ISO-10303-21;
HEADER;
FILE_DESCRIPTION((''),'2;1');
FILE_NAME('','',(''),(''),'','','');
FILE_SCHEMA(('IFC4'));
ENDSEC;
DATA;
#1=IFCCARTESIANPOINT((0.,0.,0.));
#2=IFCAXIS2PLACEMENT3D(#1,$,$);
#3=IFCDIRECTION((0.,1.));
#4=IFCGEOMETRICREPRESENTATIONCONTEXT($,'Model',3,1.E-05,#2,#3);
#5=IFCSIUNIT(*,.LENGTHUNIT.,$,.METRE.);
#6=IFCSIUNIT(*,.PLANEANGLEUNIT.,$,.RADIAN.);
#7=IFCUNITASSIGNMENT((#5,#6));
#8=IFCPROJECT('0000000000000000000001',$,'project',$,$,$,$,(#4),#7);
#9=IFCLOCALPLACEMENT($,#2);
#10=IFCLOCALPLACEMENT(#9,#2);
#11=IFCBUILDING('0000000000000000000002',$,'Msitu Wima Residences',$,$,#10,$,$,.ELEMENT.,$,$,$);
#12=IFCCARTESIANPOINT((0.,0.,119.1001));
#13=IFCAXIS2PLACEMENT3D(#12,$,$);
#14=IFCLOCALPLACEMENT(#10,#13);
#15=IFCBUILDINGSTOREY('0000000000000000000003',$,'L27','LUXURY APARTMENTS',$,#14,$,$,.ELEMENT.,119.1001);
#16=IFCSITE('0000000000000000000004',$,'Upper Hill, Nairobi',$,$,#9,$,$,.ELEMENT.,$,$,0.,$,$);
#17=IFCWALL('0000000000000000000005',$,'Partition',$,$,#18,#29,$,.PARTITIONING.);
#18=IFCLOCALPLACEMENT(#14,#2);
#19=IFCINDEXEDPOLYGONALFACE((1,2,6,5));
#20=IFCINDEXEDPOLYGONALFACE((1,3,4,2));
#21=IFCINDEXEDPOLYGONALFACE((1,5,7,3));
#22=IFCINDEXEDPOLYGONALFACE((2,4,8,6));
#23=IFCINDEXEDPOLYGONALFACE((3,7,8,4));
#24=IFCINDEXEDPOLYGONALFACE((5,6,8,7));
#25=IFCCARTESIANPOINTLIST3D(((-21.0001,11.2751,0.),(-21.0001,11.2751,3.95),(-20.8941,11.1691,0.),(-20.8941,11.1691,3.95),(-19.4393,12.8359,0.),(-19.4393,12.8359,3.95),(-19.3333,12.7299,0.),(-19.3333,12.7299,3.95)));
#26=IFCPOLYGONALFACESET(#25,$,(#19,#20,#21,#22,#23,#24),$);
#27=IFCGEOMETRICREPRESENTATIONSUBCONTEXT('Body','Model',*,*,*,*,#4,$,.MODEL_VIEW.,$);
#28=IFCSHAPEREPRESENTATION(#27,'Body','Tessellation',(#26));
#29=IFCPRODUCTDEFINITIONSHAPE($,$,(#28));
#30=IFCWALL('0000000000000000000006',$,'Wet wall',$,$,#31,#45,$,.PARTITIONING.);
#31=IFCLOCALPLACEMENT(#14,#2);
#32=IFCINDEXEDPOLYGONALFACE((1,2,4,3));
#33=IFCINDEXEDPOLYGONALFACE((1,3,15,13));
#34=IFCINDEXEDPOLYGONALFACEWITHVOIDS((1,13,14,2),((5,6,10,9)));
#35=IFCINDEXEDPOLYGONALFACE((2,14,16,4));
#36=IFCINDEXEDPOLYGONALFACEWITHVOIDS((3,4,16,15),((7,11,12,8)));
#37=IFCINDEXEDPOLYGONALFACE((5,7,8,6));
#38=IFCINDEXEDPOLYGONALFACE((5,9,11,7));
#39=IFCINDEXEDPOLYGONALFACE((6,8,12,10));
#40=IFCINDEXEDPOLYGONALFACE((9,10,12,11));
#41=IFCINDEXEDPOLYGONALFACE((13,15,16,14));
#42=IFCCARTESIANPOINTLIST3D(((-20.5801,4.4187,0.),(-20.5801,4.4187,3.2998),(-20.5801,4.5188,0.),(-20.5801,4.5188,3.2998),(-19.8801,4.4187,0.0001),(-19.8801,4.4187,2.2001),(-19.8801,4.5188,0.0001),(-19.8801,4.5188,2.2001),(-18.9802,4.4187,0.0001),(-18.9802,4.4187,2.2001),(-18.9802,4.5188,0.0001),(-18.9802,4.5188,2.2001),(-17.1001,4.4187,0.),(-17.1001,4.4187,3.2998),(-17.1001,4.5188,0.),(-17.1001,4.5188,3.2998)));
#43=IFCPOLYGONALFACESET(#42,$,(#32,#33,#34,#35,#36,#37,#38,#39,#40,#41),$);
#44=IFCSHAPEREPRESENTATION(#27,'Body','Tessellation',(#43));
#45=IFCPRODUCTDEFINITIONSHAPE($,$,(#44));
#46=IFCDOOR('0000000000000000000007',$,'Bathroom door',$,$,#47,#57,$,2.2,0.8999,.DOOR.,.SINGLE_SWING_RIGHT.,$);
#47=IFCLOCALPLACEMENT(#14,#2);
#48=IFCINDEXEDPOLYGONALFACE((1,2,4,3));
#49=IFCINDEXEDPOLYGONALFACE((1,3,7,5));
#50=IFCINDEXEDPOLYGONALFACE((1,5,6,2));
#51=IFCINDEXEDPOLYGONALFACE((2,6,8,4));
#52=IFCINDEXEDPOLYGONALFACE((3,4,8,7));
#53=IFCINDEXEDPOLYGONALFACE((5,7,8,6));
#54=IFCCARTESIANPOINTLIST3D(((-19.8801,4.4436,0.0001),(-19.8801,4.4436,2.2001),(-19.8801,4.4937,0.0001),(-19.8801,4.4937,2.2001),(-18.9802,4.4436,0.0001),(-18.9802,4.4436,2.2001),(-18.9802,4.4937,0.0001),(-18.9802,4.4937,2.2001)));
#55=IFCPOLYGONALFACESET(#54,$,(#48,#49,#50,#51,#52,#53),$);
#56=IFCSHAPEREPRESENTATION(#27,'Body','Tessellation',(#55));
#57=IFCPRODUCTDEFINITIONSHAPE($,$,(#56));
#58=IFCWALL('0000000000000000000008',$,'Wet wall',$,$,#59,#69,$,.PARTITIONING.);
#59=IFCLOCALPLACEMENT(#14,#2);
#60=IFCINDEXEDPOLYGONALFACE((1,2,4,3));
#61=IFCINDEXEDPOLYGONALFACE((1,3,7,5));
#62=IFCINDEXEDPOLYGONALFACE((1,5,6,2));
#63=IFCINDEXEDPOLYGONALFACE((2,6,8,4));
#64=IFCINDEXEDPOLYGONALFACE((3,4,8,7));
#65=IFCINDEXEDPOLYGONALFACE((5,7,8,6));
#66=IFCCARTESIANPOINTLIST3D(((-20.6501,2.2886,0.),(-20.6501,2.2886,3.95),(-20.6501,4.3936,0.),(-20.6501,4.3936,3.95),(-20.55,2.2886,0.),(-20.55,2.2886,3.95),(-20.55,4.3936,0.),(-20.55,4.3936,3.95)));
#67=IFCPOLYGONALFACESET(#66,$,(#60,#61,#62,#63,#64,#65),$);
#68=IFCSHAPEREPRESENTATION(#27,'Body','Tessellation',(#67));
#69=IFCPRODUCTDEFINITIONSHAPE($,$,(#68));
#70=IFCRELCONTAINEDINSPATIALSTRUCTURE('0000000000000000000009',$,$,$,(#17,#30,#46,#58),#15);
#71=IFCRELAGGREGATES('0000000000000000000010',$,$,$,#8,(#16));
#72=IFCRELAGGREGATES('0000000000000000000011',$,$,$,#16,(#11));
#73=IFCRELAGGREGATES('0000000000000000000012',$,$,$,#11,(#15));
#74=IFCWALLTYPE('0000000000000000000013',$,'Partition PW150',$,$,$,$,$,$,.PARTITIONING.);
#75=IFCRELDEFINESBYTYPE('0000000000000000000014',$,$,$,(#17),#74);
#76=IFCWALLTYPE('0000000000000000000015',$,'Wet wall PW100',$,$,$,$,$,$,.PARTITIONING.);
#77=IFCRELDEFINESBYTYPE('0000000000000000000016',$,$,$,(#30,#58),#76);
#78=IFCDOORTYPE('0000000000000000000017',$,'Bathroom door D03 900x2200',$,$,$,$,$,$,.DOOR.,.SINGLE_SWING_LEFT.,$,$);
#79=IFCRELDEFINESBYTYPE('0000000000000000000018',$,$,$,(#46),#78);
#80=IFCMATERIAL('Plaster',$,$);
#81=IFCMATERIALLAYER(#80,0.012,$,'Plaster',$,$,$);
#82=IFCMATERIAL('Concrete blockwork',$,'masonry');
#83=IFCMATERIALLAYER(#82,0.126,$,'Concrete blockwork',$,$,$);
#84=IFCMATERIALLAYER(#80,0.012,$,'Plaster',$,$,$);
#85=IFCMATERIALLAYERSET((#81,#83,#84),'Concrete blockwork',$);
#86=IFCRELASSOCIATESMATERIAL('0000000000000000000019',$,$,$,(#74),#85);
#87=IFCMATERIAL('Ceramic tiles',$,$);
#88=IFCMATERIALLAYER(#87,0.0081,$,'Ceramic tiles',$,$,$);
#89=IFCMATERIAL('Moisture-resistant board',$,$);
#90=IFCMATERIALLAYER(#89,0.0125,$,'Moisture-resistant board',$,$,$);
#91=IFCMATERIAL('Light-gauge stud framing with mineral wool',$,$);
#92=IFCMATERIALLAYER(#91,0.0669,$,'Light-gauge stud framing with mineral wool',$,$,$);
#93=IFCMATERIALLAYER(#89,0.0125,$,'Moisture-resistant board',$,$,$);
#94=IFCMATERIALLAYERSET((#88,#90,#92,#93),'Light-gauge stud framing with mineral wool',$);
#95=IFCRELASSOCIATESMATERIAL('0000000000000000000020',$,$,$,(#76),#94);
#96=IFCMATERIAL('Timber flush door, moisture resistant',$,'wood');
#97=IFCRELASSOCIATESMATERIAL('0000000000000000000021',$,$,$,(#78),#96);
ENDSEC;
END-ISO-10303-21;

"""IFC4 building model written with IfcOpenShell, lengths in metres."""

from ifc_helpers import new_model, si_unit, direction, frame, frame_2d, origin, place, context, subcontext, project, spatial, rectangle, extrude, material, layer, layer_set, type_object, element, fill, save


model = new_model("IFC4")

# Units and contexts
model_context = context("Model", 3, precision=1e-05, world=origin(), true_north=direction((0.0, 1.0)))
body_context = subcontext(model_context, "Body", "Model", "MODEL_VIEW")
ifc_project = project(units=[si_unit("LENGTHUNIT", "METRE"), si_unit("PLANEANGLEUNIT", "RADIAN")], contexts=[model_context])

# Site, building, storey
site_placement = place(None, origin())
site = spatial("IfcSite", under=ifc_project, at=site_placement, Name="Upper Hill, Nairobi", CompositionType="ELEMENT", RefElevation=0.0)
building_placement = place(site_placement, origin())
building = spatial("IfcBuilding", under=site, at=building_placement, Name="Msitu Wima Residences", CompositionType="ELEMENT")
storey_placement = place(building_placement, frame((0.0, 0.0, 119.1001)))
storey = spatial("IfcBuildingStorey", under=building, at=storey_placement, Name="L27", Description="LUXURY APARTMENTS", CompositionType="ELEMENT", Elevation=119.1001)

# Shared definitions
ifc_material_1 = material(Name="Plaster")
ifc_layer_1 = layer(ifc_material_1, 0.012, Name="Plaster")
ifc_material_2 = material(Name="Concrete blockwork", Category="masonry")
ifc_layer_2 = layer(ifc_material_2, 0.126, Name="Concrete blockwork")
ifc_layer_3 = layer(ifc_material_1, 0.012, Name="Plaster")
ifc_layer_set_1 = layer_set([ifc_layer_1, ifc_layer_2, ifc_layer_3], Name="Concrete blockwork")
wall_type_1 = type_object("IfcWallType", Name="Partition PW150", PredefinedType="PARTITIONING", material=ifc_layer_set_1)

# Wall
wall_1_placement = place(storey_placement, frame((-20.947, 11.2222, 0.0), z_axis=(0.0, 0.0, 1.0), x_axis=(0.707107, 0.707107, 0.0)))
element("IfcWall", 1, at=wall_1_placement, inside=storey, type_object=wall_type_1, Name="Partition", PredefinedType="PARTITIONING", context=body_context, shape_type="SweptSolid", body=[
    extrude(rectangle(XDim=2.2073, YDim=0.1499, at=frame_2d((1.1035, 0.0))), origin(), (0.0, 0.0, 1.0), 3.95),
])

# Wall, opening, door
ifc_material_3 = material(Name="Ceramic tiles")
ifc_layer_4 = layer(ifc_material_3, 0.0081, Name="Ceramic tiles")
ifc_material_4 = material(Name="Moisture-resistant board")
ifc_layer_5 = layer(ifc_material_4, 0.0125, Name="Moisture-resistant board")
ifc_material_5 = material(Name="Light-gauge stud framing with mineral wool")
ifc_layer_6 = layer(ifc_material_5, 0.0669, Name="Light-gauge stud framing with mineral wool")
ifc_layer_7 = layer(ifc_material_4, 0.0125, Name="Moisture-resistant board")
ifc_layer_set_2 = layer_set([ifc_layer_4, ifc_layer_5, ifc_layer_6, ifc_layer_7], Name="Light-gauge stud framing with mineral wool")
wall_type_2 = type_object("IfcWallType", Name="Wet wall PW100", PredefinedType="PARTITIONING", material=ifc_layer_set_2)
wall_2_placement = place(storey_placement, frame((-20.5801, 4.4688, 0.0), z_axis=(0.0, 0.0, 1.0), x_axis=(1.0, 0.0, 0.0)))
wall_2 = element("IfcWall", 2, at=wall_2_placement, inside=storey, type_object=wall_type_2, Name="Wet wall", PredefinedType="PARTITIONING", context=body_context, shape_type="SweptSolid", body=[
    extrude(rectangle(XDim=3.48, YDim=0.1001, at=frame_2d((1.74, 0.0))), origin(), (0.0, 0.0, 1.0), 3.2998),
])
opening_1_placement = place(wall_2_placement, frame((0.7, 0.0, 0.0)))
opening_1 = element("IfcOpeningElement", 3, at=opening_1_placement, cuts=wall_2, PredefinedType="OPENING", context=body_context, shape_type="SweptSolid", body=[
    extrude(rectangle(XDim=0.8999, YDim=2.2, at=frame_2d((0.45, 1.1001))), frame((0.0, 0.0601, 0.0), z_axis=(0.0, -1.0, 0.0), x_axis=(1.0, 0.0, 0.0)), (0.0, 0.0, 1.0), 0.1201),
])
ifc_material_6 = material(Name="Timber flush door, moisture resistant", Category="wood")
door_type_1 = type_object("IfcDoorType", Name="Bathroom door D03 900x2200", OperationType="SINGLE_SWING_LEFT", PredefinedType="DOOR", material=ifc_material_6)
door_1_placement = place(opening_1_placement, origin())
door_1 = element("IfcDoor", 4, at=door_1_placement, inside=storey, type_object=door_type_1, Name="Bathroom door", OperationType="SINGLE_SWING_RIGHT", OverallHeight=2.2, OverallWidth=0.8999, PredefinedType="DOOR", context=body_context, shape_type="SweptSolid", body=[
    extrude(rectangle(XDim=0.8999, YDim=2.2, at=frame_2d((0.45, 1.1001))), frame((0.0, 0.0249, 0.0), z_axis=(0.0, -1.0, 0.0), x_axis=(1.0, 0.0, 0.0)), (0.0, 0.0, 1.0), 0.05),
])
fill(opening_1, door_1)

# Wall
wall_3_placement = place(storey_placement, frame((-20.6001, 2.2886, 0.0), z_axis=(0.0, 0.0, 1.0), x_axis=(0.0, 1.0, 0.0)))
element("IfcWall", 5, at=wall_3_placement, inside=storey, type_object=wall_type_2, Name="Wet wall", PredefinedType="PARTITIONING", context=body_context, shape_type="SweptSolid", body=[
    extrude(rectangle(XDim=2.105, YDim=0.1001, at=frame_2d((1.0525, 0.0))), origin(), (0.0, 0.0, 1.0), 3.95),
])

save(model, "model.ifc")
